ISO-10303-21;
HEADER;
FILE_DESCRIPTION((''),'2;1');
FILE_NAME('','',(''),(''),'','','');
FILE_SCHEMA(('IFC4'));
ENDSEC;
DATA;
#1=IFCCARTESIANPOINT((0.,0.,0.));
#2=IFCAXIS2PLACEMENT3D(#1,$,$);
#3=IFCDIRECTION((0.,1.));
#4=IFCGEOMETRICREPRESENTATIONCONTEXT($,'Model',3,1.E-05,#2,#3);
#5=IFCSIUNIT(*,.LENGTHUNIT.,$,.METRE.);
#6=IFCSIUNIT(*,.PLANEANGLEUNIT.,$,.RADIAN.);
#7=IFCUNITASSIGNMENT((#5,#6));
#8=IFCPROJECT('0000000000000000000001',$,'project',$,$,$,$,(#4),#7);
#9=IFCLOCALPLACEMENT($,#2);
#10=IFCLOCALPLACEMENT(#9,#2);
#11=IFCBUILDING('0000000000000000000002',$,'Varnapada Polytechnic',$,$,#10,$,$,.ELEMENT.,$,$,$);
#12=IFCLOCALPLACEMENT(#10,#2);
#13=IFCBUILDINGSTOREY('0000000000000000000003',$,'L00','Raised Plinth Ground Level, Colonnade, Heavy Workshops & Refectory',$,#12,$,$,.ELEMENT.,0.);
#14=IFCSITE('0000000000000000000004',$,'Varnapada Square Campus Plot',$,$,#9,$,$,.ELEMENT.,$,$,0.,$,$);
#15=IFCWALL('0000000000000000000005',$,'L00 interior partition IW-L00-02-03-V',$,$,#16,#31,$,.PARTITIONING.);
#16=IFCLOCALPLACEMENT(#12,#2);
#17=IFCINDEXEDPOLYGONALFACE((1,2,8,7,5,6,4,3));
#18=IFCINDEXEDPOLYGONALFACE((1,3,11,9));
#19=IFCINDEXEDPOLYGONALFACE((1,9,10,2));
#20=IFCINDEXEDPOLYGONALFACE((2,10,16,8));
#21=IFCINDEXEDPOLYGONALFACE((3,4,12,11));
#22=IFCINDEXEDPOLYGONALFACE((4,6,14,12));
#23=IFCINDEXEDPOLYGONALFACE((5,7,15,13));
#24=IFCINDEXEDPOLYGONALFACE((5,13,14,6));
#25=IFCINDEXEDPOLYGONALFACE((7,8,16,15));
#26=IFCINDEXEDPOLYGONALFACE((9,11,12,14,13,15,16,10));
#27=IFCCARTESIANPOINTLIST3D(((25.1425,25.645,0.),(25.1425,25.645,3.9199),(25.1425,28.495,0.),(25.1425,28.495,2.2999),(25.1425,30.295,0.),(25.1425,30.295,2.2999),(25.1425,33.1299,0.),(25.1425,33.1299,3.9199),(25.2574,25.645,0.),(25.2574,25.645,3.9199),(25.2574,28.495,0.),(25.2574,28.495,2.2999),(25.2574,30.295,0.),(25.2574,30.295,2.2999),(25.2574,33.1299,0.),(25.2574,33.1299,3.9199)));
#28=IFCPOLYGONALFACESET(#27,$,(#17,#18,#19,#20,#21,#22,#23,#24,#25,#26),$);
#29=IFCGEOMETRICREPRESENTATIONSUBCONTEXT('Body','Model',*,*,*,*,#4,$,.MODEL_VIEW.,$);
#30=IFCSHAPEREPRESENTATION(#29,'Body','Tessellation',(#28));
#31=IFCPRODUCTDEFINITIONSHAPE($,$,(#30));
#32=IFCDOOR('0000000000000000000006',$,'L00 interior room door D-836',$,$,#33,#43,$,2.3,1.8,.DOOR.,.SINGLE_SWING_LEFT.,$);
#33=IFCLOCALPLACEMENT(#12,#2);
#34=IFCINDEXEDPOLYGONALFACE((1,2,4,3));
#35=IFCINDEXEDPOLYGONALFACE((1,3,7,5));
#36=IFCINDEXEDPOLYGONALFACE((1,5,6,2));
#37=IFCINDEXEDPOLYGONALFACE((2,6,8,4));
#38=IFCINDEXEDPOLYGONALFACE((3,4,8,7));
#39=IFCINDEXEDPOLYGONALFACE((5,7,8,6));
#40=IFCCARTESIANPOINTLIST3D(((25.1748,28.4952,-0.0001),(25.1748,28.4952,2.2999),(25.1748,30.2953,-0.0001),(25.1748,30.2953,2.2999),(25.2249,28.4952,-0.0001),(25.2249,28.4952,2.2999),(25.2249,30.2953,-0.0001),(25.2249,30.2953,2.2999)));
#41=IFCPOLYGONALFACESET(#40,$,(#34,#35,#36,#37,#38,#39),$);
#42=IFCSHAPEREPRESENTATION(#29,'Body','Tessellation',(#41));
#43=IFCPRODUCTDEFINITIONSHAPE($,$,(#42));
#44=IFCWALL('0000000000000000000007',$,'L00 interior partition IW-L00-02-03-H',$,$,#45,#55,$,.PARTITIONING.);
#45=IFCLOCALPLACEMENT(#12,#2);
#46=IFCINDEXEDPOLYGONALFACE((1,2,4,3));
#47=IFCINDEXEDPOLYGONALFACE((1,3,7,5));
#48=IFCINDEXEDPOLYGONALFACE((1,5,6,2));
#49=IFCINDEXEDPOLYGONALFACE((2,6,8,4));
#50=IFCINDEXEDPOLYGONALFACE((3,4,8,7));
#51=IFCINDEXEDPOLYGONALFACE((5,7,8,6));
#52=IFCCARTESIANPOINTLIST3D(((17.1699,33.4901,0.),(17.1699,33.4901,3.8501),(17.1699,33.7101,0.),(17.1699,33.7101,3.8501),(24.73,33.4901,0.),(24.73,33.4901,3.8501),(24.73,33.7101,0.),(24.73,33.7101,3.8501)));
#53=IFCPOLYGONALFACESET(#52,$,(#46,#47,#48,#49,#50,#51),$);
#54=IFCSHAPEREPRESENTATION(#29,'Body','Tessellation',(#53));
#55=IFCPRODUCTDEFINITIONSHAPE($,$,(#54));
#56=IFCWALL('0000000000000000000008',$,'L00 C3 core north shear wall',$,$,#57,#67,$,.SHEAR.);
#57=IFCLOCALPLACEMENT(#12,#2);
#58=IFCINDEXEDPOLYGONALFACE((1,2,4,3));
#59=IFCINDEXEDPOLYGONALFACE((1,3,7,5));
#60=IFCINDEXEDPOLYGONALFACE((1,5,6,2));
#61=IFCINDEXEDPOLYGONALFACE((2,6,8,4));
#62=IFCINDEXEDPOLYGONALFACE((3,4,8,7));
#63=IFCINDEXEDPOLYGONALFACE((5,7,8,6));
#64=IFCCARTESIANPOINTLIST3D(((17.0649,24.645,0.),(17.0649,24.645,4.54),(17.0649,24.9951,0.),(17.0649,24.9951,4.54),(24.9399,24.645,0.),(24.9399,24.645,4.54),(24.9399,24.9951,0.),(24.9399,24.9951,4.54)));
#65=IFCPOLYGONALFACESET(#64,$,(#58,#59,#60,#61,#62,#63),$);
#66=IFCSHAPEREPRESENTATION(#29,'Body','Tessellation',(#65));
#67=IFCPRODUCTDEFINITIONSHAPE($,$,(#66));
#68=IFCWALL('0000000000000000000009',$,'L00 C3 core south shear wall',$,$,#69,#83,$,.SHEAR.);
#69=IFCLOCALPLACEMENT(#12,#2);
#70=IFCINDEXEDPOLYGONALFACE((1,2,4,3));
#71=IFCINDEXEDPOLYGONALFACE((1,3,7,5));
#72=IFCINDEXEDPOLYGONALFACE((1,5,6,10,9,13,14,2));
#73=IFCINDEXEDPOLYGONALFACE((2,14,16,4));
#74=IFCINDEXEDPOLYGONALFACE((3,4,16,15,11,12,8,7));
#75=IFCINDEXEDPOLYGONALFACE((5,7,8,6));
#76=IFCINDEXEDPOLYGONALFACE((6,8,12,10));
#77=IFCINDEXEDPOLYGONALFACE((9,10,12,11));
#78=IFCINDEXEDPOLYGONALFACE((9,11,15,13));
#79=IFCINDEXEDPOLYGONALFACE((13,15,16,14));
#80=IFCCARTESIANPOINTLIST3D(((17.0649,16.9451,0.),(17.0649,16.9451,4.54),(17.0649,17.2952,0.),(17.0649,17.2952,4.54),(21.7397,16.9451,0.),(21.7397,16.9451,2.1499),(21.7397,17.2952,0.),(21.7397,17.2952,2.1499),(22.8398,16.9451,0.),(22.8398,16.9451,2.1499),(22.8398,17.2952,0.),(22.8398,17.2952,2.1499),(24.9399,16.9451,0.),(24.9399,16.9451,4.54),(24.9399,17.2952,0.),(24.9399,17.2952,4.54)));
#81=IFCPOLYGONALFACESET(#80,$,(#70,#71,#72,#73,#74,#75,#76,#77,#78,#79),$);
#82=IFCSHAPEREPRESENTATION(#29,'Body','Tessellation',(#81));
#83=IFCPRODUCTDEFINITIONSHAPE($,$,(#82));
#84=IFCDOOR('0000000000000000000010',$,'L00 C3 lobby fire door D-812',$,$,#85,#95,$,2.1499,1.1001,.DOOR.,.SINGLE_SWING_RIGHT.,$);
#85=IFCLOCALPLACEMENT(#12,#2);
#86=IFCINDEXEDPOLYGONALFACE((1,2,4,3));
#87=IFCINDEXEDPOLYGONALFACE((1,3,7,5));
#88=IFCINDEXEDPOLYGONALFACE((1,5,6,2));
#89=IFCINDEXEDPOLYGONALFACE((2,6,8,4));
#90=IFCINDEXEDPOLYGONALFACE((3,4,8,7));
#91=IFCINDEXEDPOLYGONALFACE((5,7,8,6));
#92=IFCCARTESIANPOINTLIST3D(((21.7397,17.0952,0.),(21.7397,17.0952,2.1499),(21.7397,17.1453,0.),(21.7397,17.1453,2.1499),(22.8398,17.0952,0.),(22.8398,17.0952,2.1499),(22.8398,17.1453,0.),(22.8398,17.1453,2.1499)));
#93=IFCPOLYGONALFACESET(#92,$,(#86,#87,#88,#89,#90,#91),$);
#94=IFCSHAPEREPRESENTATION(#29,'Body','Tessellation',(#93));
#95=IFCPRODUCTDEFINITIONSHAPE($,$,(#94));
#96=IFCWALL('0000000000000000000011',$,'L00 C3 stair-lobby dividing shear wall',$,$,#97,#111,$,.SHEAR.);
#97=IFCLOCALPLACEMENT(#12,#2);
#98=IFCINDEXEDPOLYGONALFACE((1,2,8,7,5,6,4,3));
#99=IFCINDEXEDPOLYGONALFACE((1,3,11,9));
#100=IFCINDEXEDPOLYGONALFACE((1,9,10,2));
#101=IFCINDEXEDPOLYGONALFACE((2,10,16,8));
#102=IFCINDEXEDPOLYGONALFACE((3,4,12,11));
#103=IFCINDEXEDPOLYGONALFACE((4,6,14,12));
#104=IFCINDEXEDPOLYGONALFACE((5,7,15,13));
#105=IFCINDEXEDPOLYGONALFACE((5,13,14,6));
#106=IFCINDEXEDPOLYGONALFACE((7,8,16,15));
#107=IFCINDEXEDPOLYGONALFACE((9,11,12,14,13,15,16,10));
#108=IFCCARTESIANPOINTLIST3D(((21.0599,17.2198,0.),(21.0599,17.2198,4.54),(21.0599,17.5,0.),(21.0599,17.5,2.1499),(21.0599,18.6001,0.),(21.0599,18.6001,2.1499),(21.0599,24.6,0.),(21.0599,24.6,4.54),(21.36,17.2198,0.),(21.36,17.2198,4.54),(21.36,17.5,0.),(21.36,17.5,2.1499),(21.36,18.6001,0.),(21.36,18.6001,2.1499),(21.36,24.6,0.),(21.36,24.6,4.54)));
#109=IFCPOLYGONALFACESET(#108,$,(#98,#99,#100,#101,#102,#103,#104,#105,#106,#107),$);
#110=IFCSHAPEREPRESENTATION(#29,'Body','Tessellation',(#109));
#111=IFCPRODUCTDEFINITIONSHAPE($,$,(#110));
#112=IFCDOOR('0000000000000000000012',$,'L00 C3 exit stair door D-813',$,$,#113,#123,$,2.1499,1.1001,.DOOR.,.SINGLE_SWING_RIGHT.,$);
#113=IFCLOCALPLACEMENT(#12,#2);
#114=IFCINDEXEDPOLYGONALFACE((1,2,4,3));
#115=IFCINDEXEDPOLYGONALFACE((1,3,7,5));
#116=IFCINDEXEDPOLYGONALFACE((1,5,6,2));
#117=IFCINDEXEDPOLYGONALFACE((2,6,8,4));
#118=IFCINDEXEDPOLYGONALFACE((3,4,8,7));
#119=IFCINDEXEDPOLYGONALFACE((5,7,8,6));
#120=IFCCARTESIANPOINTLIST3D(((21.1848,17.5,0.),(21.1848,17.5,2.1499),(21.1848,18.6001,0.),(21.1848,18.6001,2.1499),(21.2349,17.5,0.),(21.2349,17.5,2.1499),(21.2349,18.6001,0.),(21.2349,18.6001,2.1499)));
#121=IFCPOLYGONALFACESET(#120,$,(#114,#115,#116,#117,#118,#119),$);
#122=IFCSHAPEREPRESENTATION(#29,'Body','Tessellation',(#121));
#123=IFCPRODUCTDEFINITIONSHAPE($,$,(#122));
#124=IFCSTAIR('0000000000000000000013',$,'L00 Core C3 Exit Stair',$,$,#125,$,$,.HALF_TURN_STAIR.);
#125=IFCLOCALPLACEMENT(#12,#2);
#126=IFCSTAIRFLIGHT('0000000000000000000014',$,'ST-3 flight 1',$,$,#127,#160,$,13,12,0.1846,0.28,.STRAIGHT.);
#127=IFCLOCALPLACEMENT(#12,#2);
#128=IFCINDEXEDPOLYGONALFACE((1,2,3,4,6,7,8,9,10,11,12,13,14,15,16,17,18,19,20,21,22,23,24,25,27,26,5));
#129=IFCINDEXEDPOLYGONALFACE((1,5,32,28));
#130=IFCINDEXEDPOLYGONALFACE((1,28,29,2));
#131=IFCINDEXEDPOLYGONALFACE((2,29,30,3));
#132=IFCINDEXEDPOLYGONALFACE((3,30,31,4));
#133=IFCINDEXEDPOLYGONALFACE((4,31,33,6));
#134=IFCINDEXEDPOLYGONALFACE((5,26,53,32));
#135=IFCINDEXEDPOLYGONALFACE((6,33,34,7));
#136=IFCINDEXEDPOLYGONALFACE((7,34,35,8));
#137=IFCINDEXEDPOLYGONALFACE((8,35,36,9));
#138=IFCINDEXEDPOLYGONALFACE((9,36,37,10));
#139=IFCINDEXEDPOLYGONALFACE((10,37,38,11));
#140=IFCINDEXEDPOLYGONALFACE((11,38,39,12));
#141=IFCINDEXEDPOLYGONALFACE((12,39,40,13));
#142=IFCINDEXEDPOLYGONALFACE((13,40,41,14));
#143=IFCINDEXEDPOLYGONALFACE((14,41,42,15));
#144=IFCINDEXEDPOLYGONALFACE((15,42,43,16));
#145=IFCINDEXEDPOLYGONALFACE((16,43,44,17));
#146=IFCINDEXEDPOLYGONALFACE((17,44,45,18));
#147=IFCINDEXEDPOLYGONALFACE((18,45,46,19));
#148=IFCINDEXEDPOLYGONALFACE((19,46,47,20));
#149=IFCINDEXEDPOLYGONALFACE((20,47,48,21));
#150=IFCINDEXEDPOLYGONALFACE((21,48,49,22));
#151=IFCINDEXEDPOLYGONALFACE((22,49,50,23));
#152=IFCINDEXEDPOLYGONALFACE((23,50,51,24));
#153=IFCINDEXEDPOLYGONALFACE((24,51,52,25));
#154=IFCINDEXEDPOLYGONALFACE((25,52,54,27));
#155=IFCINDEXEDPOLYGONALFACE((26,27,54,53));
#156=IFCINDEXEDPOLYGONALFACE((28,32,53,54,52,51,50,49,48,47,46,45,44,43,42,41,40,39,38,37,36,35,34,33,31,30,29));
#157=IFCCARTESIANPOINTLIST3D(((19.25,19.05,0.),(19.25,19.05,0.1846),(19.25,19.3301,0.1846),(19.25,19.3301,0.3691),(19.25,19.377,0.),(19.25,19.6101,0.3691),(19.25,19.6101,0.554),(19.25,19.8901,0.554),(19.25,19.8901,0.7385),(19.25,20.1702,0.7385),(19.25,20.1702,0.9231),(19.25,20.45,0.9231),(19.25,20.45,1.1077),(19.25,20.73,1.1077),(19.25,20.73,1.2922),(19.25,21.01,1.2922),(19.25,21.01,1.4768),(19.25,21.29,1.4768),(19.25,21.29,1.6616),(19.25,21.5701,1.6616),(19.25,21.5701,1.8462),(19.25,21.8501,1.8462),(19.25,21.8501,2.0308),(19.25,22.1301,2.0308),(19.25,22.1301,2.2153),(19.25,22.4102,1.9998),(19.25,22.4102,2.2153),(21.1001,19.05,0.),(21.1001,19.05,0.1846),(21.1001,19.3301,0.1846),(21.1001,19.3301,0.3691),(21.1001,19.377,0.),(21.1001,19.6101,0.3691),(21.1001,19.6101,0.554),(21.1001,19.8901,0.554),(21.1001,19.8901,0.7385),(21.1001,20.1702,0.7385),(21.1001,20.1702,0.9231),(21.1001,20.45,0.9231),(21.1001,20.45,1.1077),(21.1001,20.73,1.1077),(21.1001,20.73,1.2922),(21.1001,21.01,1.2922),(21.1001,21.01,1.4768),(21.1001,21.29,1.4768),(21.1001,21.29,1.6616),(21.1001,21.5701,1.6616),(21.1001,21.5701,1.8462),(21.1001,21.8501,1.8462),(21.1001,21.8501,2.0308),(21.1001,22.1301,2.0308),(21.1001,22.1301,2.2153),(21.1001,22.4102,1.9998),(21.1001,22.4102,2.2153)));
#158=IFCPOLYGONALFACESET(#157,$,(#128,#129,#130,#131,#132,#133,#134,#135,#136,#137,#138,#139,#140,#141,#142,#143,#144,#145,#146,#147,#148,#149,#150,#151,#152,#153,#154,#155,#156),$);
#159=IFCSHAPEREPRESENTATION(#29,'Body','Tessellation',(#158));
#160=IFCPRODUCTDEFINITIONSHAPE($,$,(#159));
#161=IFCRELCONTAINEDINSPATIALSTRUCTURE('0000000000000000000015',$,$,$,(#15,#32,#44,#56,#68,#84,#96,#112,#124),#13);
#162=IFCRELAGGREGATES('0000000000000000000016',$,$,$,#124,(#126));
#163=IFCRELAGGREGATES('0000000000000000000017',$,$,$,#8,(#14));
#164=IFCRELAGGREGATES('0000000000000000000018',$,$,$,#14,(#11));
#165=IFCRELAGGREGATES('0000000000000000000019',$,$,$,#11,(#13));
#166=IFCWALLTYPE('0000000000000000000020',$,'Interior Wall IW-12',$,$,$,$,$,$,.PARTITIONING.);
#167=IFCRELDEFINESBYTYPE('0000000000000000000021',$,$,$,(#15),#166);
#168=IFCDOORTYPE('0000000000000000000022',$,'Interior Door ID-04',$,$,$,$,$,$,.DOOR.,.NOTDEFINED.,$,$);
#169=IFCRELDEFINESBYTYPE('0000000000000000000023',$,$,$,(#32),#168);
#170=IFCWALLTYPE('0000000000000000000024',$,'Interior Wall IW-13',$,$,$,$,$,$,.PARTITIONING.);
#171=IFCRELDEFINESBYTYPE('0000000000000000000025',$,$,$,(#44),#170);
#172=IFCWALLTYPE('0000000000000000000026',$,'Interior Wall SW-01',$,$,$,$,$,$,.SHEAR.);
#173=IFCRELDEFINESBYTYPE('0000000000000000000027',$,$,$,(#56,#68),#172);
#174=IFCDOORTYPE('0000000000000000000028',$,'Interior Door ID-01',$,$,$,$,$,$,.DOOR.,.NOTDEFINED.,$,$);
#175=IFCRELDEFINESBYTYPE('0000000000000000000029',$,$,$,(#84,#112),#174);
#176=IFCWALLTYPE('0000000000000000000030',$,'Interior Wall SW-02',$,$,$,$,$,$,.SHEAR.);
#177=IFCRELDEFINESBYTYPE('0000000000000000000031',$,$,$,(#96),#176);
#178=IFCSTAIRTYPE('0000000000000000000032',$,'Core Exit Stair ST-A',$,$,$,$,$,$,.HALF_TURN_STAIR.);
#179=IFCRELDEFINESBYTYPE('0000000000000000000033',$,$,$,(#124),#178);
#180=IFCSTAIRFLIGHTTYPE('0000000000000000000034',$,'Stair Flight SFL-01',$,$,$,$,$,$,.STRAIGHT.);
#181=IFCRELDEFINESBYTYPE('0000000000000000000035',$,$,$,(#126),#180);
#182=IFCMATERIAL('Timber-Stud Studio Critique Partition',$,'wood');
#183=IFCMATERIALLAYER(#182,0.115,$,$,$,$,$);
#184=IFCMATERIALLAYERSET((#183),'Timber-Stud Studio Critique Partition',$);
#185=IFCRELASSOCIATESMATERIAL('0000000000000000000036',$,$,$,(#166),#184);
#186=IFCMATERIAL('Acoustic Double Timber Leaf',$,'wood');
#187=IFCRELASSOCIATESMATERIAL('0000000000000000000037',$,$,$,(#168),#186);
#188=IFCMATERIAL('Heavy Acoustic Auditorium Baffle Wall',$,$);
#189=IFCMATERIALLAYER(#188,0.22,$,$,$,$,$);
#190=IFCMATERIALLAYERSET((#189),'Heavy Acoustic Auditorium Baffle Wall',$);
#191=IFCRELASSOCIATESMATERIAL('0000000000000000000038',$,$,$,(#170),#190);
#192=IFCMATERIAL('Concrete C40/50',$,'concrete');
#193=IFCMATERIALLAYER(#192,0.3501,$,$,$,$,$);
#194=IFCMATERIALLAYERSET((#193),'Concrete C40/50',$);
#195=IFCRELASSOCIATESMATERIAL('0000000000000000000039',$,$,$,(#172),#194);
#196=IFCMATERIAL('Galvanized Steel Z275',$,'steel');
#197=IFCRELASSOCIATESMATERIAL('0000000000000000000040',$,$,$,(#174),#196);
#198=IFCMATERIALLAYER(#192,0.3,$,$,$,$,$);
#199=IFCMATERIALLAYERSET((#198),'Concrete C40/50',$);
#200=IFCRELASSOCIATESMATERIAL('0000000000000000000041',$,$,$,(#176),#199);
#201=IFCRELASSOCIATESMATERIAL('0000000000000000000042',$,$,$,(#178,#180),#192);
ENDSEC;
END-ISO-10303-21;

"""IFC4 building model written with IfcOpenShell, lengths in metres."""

from ifc_helpers import new_model, si_unit, direction, frame, frame_2d, origin, place, context, subcontext, project, spatial, polyline, rectangle, outline, extrude, material, layer, layer_set, type_object, element, fill, aggregate, save


model = new_model("IFC4")

# Units and contexts
model_context = context("Model", 3, precision=1e-05, world=origin(), true_north=direction((0.0, 1.0)))
body_context = subcontext(model_context, "Body", "Model", "MODEL_VIEW")
ifc_project = project(units=[si_unit("LENGTHUNIT", "METRE"), si_unit("PLANEANGLEUNIT", "RADIAN")], contexts=[model_context])

# Site, building, storey
site_placement = place(None, origin())
site = spatial("IfcSite", under=ifc_project, at=site_placement, Name="Varnapada Square Campus Plot", CompositionType="ELEMENT", RefElevation=0.0)
building_placement = place(site_placement, origin())
building = spatial("IfcBuilding", under=site, at=building_placement, Name="Varnapada Polytechnic", CompositionType="ELEMENT")
storey_placement = place(building_placement, origin())
storey = spatial("IfcBuildingStorey", under=building, at=storey_placement, Name="L00", Description="Raised Plinth Ground Level, Colonnade, Heavy Workshops & Refectory", CompositionType="ELEMENT", Elevation=0.0)

# Shared definitions
ifc_material_1 = material(Name="Concrete C40/50", Category="concrete")

# Wall, opening, door
ifc_material_2 = material(Name="Timber-Stud Studio Critique Partition", Category="wood")
ifc_layer_1 = layer(ifc_material_2, 0.115)
ifc_layer_set_1 = layer_set([ifc_layer_1], Name="Timber-Stud Studio Critique Partition")
wall_type_1 = type_object("IfcWallType", Name="Interior Wall IW-12", PredefinedType="PARTITIONING", material=ifc_layer_set_1)
wall_1_placement = place(storey_placement, frame((25.2, 25.645, 0.0), z_axis=(0.0, 0.0, 1.0), x_axis=(0.0, 1.0, 0.0)))
wall_1 = element("IfcWall", 1, at=wall_1_placement, inside=storey, type_object=wall_type_1, Name="L00 interior partition IW-L00-02-03-V", PredefinedType="PARTITIONING", context=body_context, shape_type="SweptSolid", body=[
    extrude(rectangle(XDim=7.4849, YDim=0.115, at=frame_2d((3.7424, 0.0))), origin(), (0.0, 0.0, 1.0), 3.9199),
])
opening_1_placement = place(wall_1_placement, frame((2.8501, 0.0, 0.0)))
opening_1 = element("IfcOpeningElement", 2, at=opening_1_placement, cuts=wall_1, PredefinedType="OPENING", context=body_context, shape_type="SweptSolid", body=[
    extrude(rectangle(XDim=1.8, YDim=2.3, at=frame_2d((0.8999, 1.1499))), frame((0.0, 0.0674, 0.0), z_axis=(0.0, -1.0, 0.0), x_axis=(1.0, 0.0, 0.0)), (0.0, 0.0, 1.0), 0.135),
])
ifc_material_3 = material(Name="Acoustic Double Timber Leaf", Category="wood")
door_type_1 = type_object("IfcDoorType", Name="Interior Door ID-04", OperationType="NOTDEFINED", PredefinedType="DOOR", material=ifc_material_3)
door_1_placement = place(opening_1_placement, frame((1.8, 0.0, 0.0), z_axis=(0.0, 0.0, 1.0), x_axis=(-1.0, 0.0, 0.0)))
door_1 = element("IfcDoor", 3, at=door_1_placement, inside=storey, type_object=door_type_1, Name="L00 interior room door D-836", OperationType="SINGLE_SWING_LEFT", OverallHeight=2.3, OverallWidth=1.8, PredefinedType="DOOR", context=body_context, shape_type="SweptSolid", body=[
    extrude(rectangle(XDim=1.8, YDim=2.3, at=frame_2d((0.8999, 1.1499))), frame((0.0, 0.0249, 0.0), z_axis=(0.0, -1.0, 0.0), x_axis=(1.0, 0.0, 0.0)), (0.0, 0.0, 1.0), 0.05),
])
fill(opening_1, door_1)

# Walls
ifc_material_4 = material(Name="Heavy Acoustic Auditorium Baffle Wall")
ifc_layer_2 = layer(ifc_material_4, 0.22)
ifc_layer_set_2 = layer_set([ifc_layer_2], Name="Heavy Acoustic Auditorium Baffle Wall")
wall_type_2 = type_object("IfcWallType", Name="Interior Wall IW-13", PredefinedType="PARTITIONING", material=ifc_layer_set_2)
wall_2_placement = place(storey_placement, frame((17.1699, 33.6001, 0.0), z_axis=(0.0, 0.0, 1.0), x_axis=(1.0, 0.0, 0.0)))
element("IfcWall", 4, at=wall_2_placement, inside=storey, type_object=wall_type_2, Name="L00 interior partition IW-L00-02-03-H", PredefinedType="PARTITIONING", context=body_context, shape_type="SweptSolid", body=[
    extrude(rectangle(XDim=7.5601, YDim=0.22, at=frame_2d((3.78, 0.0))), origin(), (0.0, 0.0, 1.0), 3.8501),
])
ifc_layer_3 = layer(ifc_material_1, 0.3501)
ifc_layer_set_3 = layer_set([ifc_layer_3], Name="Concrete C40/50")
wall_type_3 = type_object("IfcWallType", Name="Interior Wall SW-01", PredefinedType="SHEAR", material=ifc_layer_set_3)
wall_3_placement = place(storey_placement, frame((17.0649, 24.8201, 0.0), z_axis=(0.0, 0.0, 1.0), x_axis=(1.0, 0.0, 0.0)))
element("IfcWall", 5, at=wall_3_placement, inside=storey, type_object=wall_type_3, Name="L00 C3 core north shear wall", PredefinedType="SHEAR", context=body_context, shape_type="SweptSolid", body=[
    extrude(rectangle(XDim=7.875, YDim=0.3501, at=frame_2d((3.9375, 0.0))), origin(), (0.0, 0.0, 1.0), 4.54),
])

# Walls, openings, doors
wall_4_placement = place(storey_placement, frame((24.9399, 17.1201, 0.0), z_axis=(0.0, 0.0, 1.0), x_axis=(-1.0, 0.0, 0.0)))
wall_4 = element("IfcWall", 6, at=wall_4_placement, inside=storey, type_object=wall_type_3, Name="L00 C3 core south shear wall", PredefinedType="SHEAR", context=body_context, shape_type="SweptSolid", body=[
    extrude(rectangle(XDim=7.875, YDim=0.3501, at=frame_2d((3.9375, 0.0))), origin(), (0.0, 0.0, 1.0), 4.54),
])
opening_2_placement = place(wall_4_placement, frame((2.1001, 0.0, 0.0)))
opening_2 = element("IfcOpeningElement", 7, at=opening_2_placement, cuts=wall_4, PredefinedType="OPENING", context=body_context, shape_type="SweptSolid", body=[
    extrude(rectangle(XDim=1.1001, YDim=2.1499, at=frame_2d((0.55, 1.075))), frame((0.0, 0.1851, 0.0), z_axis=(0.0, -1.0, 0.0), x_axis=(1.0, 0.0, 0.0)), (0.0, 0.0, 1.0), 0.3701),
])
ifc_material_5 = material(Name="Galvanized Steel Z275", Category="steel")
door_type_2 = type_object("IfcDoorType", Name="Interior Door ID-01", OperationType="NOTDEFINED", PredefinedType="DOOR", material=ifc_material_5)
door_2_placement = place(opening_2_placement, origin())
door_2 = element("IfcDoor", 8, at=door_2_placement, inside=storey, type_object=door_type_2, Name="L00 C3 lobby fire door D-812", OperationType="SINGLE_SWING_RIGHT", OverallHeight=2.1499, OverallWidth=1.1001, PredefinedType="DOOR", context=body_context, shape_type="SweptSolid", body=[
    extrude(rectangle(XDim=1.1001, YDim=2.1499, at=frame_2d((0.55, 1.075))), frame((0.0, 0.0249, 0.0), z_axis=(0.0, -1.0, 0.0), x_axis=(1.0, 0.0, 0.0)), (0.0, 0.0, 1.0), 0.05),
])
fill(opening_2, door_2)
ifc_layer_4 = layer(ifc_material_1, 0.3)
ifc_layer_set_4 = layer_set([ifc_layer_4], Name="Concrete C40/50")
wall_type_4 = type_object("IfcWallType", Name="Interior Wall SW-02", PredefinedType="SHEAR", material=ifc_layer_set_4)
wall_5_placement = place(storey_placement, frame((21.21, 17.22, 0.0), z_axis=(0.0, 0.0, 1.0), x_axis=(0.0, 1.0, 0.0)))
wall_5 = element("IfcWall", 9, at=wall_5_placement, inside=storey, type_object=wall_type_4, Name="L00 C3 stair-lobby dividing shear wall", PredefinedType="SHEAR", context=body_context, shape_type="SweptSolid", body=[
    extrude(rectangle(XDim=7.3801, YDim=0.3, at=frame_2d((3.6899, 0.0))), origin(), (0.0, 0.0, 1.0), 4.54),
])
opening_3_placement = place(wall_5_placement, frame((0.28, 0.0, 0.0)))
opening_3 = element("IfcOpeningElement", 10, at=opening_3_placement, cuts=wall_5, PredefinedType="OPENING", context=body_context, shape_type="SweptSolid", body=[
    extrude(rectangle(XDim=1.1001, YDim=2.1499, at=frame_2d((0.55, 1.075))), frame((0.0, 0.1599, 0.0), z_axis=(0.0, -1.0, 0.0), x_axis=(1.0, 0.0, 0.0)), (0.0, 0.0, 1.0), 0.3201),
])
door_3_placement = place(opening_3_placement, frame((1.1001, 0.0, 0.0), z_axis=(0.0, 0.0, 1.0), x_axis=(-1.0, 0.0, 0.0)))
door_3 = element("IfcDoor", 11, at=door_3_placement, inside=storey, type_object=door_type_2, Name="L00 C3 exit stair door D-813", OperationType="SINGLE_SWING_RIGHT", OverallHeight=2.1499, OverallWidth=1.1001, PredefinedType="DOOR", context=body_context, shape_type="SweptSolid", body=[
    extrude(rectangle(XDim=1.1001, YDim=2.1499, at=frame_2d((0.55, 1.075))), frame((0.0, 0.0249, 0.0), z_axis=(0.0, -1.0, 0.0), x_axis=(1.0, 0.0, 0.0)), (0.0, 0.0, 1.0), 0.05),
])
fill(opening_3, door_3)

# Stair, stair flight
stair_type = type_object("IfcStairType", Name="Core Exit Stair ST-A", PredefinedType="HALF_TURN_STAIR", material=ifc_material_1)
stair_placement = place(storey_placement, origin())
stair = element("IfcStair", 12, at=stair_placement, inside=storey, type_object=stair_type, Name="L00 Core C3 Exit Stair", PredefinedType="HALF_TURN_STAIR")
stair_flight_type = type_object("IfcStairFlightType", Name="Stair Flight SFL-01", PredefinedType="STRAIGHT", material=ifc_material_1)
stair_flight_1_placement = place(storey_placement, frame((20.175, 19.05, 0.0), z_axis=(0.0, 0.0, 1.0), x_axis=(0.0, 1.0, 0.0)))
stair_flight_1 = element("IfcStairFlight", 13, at=stair_flight_1_placement, type_object=stair_flight_type, Name="ST-3 flight 1", NumberOfRisers=13, NumberOfTreads=12, PredefinedType="STRAIGHT", RiserHeight=0.1846, TreadLength=0.28, context=body_context, shape_type="SweptSolid", body=[
    extrude(outline(polyline([(0.0, 0.0), (0.0, 0.1846), (0.28, 0.1846), (0.28, 0.3691), (0.5601, 0.3691), (0.5601, 0.554), (0.8401, 0.554), (0.8401, 0.7385), (1.1201, 0.7385), (1.1201, 0.9231), (1.3999, 0.9231), (1.3999, 1.1077), (1.6799, 1.1077), (1.6799, 1.2922), (1.96, 1.2922), (1.96, 1.4768), (2.24, 1.4768), (2.24, 1.6616), (2.52, 1.6616), (2.52, 1.8462), (2.8, 1.8462), (2.8, 2.0308), (3.0801, 2.0308), (3.0801, 2.2153), (3.3601, 2.2153), (3.3601, 2.3999), (3.3601, 1.9998), (0.3269, 0.0), (0.0, 0.0)])), frame((0.0, 0.925, 0.0), z_axis=(0.0, -1.0, 0.0), x_axis=(1.0, 0.0, 0.0)), (0.0, 0.0, 1.0), 1.8501),
])
aggregate(stair, [stair_flight_1])

save(model, "model.ifc")
